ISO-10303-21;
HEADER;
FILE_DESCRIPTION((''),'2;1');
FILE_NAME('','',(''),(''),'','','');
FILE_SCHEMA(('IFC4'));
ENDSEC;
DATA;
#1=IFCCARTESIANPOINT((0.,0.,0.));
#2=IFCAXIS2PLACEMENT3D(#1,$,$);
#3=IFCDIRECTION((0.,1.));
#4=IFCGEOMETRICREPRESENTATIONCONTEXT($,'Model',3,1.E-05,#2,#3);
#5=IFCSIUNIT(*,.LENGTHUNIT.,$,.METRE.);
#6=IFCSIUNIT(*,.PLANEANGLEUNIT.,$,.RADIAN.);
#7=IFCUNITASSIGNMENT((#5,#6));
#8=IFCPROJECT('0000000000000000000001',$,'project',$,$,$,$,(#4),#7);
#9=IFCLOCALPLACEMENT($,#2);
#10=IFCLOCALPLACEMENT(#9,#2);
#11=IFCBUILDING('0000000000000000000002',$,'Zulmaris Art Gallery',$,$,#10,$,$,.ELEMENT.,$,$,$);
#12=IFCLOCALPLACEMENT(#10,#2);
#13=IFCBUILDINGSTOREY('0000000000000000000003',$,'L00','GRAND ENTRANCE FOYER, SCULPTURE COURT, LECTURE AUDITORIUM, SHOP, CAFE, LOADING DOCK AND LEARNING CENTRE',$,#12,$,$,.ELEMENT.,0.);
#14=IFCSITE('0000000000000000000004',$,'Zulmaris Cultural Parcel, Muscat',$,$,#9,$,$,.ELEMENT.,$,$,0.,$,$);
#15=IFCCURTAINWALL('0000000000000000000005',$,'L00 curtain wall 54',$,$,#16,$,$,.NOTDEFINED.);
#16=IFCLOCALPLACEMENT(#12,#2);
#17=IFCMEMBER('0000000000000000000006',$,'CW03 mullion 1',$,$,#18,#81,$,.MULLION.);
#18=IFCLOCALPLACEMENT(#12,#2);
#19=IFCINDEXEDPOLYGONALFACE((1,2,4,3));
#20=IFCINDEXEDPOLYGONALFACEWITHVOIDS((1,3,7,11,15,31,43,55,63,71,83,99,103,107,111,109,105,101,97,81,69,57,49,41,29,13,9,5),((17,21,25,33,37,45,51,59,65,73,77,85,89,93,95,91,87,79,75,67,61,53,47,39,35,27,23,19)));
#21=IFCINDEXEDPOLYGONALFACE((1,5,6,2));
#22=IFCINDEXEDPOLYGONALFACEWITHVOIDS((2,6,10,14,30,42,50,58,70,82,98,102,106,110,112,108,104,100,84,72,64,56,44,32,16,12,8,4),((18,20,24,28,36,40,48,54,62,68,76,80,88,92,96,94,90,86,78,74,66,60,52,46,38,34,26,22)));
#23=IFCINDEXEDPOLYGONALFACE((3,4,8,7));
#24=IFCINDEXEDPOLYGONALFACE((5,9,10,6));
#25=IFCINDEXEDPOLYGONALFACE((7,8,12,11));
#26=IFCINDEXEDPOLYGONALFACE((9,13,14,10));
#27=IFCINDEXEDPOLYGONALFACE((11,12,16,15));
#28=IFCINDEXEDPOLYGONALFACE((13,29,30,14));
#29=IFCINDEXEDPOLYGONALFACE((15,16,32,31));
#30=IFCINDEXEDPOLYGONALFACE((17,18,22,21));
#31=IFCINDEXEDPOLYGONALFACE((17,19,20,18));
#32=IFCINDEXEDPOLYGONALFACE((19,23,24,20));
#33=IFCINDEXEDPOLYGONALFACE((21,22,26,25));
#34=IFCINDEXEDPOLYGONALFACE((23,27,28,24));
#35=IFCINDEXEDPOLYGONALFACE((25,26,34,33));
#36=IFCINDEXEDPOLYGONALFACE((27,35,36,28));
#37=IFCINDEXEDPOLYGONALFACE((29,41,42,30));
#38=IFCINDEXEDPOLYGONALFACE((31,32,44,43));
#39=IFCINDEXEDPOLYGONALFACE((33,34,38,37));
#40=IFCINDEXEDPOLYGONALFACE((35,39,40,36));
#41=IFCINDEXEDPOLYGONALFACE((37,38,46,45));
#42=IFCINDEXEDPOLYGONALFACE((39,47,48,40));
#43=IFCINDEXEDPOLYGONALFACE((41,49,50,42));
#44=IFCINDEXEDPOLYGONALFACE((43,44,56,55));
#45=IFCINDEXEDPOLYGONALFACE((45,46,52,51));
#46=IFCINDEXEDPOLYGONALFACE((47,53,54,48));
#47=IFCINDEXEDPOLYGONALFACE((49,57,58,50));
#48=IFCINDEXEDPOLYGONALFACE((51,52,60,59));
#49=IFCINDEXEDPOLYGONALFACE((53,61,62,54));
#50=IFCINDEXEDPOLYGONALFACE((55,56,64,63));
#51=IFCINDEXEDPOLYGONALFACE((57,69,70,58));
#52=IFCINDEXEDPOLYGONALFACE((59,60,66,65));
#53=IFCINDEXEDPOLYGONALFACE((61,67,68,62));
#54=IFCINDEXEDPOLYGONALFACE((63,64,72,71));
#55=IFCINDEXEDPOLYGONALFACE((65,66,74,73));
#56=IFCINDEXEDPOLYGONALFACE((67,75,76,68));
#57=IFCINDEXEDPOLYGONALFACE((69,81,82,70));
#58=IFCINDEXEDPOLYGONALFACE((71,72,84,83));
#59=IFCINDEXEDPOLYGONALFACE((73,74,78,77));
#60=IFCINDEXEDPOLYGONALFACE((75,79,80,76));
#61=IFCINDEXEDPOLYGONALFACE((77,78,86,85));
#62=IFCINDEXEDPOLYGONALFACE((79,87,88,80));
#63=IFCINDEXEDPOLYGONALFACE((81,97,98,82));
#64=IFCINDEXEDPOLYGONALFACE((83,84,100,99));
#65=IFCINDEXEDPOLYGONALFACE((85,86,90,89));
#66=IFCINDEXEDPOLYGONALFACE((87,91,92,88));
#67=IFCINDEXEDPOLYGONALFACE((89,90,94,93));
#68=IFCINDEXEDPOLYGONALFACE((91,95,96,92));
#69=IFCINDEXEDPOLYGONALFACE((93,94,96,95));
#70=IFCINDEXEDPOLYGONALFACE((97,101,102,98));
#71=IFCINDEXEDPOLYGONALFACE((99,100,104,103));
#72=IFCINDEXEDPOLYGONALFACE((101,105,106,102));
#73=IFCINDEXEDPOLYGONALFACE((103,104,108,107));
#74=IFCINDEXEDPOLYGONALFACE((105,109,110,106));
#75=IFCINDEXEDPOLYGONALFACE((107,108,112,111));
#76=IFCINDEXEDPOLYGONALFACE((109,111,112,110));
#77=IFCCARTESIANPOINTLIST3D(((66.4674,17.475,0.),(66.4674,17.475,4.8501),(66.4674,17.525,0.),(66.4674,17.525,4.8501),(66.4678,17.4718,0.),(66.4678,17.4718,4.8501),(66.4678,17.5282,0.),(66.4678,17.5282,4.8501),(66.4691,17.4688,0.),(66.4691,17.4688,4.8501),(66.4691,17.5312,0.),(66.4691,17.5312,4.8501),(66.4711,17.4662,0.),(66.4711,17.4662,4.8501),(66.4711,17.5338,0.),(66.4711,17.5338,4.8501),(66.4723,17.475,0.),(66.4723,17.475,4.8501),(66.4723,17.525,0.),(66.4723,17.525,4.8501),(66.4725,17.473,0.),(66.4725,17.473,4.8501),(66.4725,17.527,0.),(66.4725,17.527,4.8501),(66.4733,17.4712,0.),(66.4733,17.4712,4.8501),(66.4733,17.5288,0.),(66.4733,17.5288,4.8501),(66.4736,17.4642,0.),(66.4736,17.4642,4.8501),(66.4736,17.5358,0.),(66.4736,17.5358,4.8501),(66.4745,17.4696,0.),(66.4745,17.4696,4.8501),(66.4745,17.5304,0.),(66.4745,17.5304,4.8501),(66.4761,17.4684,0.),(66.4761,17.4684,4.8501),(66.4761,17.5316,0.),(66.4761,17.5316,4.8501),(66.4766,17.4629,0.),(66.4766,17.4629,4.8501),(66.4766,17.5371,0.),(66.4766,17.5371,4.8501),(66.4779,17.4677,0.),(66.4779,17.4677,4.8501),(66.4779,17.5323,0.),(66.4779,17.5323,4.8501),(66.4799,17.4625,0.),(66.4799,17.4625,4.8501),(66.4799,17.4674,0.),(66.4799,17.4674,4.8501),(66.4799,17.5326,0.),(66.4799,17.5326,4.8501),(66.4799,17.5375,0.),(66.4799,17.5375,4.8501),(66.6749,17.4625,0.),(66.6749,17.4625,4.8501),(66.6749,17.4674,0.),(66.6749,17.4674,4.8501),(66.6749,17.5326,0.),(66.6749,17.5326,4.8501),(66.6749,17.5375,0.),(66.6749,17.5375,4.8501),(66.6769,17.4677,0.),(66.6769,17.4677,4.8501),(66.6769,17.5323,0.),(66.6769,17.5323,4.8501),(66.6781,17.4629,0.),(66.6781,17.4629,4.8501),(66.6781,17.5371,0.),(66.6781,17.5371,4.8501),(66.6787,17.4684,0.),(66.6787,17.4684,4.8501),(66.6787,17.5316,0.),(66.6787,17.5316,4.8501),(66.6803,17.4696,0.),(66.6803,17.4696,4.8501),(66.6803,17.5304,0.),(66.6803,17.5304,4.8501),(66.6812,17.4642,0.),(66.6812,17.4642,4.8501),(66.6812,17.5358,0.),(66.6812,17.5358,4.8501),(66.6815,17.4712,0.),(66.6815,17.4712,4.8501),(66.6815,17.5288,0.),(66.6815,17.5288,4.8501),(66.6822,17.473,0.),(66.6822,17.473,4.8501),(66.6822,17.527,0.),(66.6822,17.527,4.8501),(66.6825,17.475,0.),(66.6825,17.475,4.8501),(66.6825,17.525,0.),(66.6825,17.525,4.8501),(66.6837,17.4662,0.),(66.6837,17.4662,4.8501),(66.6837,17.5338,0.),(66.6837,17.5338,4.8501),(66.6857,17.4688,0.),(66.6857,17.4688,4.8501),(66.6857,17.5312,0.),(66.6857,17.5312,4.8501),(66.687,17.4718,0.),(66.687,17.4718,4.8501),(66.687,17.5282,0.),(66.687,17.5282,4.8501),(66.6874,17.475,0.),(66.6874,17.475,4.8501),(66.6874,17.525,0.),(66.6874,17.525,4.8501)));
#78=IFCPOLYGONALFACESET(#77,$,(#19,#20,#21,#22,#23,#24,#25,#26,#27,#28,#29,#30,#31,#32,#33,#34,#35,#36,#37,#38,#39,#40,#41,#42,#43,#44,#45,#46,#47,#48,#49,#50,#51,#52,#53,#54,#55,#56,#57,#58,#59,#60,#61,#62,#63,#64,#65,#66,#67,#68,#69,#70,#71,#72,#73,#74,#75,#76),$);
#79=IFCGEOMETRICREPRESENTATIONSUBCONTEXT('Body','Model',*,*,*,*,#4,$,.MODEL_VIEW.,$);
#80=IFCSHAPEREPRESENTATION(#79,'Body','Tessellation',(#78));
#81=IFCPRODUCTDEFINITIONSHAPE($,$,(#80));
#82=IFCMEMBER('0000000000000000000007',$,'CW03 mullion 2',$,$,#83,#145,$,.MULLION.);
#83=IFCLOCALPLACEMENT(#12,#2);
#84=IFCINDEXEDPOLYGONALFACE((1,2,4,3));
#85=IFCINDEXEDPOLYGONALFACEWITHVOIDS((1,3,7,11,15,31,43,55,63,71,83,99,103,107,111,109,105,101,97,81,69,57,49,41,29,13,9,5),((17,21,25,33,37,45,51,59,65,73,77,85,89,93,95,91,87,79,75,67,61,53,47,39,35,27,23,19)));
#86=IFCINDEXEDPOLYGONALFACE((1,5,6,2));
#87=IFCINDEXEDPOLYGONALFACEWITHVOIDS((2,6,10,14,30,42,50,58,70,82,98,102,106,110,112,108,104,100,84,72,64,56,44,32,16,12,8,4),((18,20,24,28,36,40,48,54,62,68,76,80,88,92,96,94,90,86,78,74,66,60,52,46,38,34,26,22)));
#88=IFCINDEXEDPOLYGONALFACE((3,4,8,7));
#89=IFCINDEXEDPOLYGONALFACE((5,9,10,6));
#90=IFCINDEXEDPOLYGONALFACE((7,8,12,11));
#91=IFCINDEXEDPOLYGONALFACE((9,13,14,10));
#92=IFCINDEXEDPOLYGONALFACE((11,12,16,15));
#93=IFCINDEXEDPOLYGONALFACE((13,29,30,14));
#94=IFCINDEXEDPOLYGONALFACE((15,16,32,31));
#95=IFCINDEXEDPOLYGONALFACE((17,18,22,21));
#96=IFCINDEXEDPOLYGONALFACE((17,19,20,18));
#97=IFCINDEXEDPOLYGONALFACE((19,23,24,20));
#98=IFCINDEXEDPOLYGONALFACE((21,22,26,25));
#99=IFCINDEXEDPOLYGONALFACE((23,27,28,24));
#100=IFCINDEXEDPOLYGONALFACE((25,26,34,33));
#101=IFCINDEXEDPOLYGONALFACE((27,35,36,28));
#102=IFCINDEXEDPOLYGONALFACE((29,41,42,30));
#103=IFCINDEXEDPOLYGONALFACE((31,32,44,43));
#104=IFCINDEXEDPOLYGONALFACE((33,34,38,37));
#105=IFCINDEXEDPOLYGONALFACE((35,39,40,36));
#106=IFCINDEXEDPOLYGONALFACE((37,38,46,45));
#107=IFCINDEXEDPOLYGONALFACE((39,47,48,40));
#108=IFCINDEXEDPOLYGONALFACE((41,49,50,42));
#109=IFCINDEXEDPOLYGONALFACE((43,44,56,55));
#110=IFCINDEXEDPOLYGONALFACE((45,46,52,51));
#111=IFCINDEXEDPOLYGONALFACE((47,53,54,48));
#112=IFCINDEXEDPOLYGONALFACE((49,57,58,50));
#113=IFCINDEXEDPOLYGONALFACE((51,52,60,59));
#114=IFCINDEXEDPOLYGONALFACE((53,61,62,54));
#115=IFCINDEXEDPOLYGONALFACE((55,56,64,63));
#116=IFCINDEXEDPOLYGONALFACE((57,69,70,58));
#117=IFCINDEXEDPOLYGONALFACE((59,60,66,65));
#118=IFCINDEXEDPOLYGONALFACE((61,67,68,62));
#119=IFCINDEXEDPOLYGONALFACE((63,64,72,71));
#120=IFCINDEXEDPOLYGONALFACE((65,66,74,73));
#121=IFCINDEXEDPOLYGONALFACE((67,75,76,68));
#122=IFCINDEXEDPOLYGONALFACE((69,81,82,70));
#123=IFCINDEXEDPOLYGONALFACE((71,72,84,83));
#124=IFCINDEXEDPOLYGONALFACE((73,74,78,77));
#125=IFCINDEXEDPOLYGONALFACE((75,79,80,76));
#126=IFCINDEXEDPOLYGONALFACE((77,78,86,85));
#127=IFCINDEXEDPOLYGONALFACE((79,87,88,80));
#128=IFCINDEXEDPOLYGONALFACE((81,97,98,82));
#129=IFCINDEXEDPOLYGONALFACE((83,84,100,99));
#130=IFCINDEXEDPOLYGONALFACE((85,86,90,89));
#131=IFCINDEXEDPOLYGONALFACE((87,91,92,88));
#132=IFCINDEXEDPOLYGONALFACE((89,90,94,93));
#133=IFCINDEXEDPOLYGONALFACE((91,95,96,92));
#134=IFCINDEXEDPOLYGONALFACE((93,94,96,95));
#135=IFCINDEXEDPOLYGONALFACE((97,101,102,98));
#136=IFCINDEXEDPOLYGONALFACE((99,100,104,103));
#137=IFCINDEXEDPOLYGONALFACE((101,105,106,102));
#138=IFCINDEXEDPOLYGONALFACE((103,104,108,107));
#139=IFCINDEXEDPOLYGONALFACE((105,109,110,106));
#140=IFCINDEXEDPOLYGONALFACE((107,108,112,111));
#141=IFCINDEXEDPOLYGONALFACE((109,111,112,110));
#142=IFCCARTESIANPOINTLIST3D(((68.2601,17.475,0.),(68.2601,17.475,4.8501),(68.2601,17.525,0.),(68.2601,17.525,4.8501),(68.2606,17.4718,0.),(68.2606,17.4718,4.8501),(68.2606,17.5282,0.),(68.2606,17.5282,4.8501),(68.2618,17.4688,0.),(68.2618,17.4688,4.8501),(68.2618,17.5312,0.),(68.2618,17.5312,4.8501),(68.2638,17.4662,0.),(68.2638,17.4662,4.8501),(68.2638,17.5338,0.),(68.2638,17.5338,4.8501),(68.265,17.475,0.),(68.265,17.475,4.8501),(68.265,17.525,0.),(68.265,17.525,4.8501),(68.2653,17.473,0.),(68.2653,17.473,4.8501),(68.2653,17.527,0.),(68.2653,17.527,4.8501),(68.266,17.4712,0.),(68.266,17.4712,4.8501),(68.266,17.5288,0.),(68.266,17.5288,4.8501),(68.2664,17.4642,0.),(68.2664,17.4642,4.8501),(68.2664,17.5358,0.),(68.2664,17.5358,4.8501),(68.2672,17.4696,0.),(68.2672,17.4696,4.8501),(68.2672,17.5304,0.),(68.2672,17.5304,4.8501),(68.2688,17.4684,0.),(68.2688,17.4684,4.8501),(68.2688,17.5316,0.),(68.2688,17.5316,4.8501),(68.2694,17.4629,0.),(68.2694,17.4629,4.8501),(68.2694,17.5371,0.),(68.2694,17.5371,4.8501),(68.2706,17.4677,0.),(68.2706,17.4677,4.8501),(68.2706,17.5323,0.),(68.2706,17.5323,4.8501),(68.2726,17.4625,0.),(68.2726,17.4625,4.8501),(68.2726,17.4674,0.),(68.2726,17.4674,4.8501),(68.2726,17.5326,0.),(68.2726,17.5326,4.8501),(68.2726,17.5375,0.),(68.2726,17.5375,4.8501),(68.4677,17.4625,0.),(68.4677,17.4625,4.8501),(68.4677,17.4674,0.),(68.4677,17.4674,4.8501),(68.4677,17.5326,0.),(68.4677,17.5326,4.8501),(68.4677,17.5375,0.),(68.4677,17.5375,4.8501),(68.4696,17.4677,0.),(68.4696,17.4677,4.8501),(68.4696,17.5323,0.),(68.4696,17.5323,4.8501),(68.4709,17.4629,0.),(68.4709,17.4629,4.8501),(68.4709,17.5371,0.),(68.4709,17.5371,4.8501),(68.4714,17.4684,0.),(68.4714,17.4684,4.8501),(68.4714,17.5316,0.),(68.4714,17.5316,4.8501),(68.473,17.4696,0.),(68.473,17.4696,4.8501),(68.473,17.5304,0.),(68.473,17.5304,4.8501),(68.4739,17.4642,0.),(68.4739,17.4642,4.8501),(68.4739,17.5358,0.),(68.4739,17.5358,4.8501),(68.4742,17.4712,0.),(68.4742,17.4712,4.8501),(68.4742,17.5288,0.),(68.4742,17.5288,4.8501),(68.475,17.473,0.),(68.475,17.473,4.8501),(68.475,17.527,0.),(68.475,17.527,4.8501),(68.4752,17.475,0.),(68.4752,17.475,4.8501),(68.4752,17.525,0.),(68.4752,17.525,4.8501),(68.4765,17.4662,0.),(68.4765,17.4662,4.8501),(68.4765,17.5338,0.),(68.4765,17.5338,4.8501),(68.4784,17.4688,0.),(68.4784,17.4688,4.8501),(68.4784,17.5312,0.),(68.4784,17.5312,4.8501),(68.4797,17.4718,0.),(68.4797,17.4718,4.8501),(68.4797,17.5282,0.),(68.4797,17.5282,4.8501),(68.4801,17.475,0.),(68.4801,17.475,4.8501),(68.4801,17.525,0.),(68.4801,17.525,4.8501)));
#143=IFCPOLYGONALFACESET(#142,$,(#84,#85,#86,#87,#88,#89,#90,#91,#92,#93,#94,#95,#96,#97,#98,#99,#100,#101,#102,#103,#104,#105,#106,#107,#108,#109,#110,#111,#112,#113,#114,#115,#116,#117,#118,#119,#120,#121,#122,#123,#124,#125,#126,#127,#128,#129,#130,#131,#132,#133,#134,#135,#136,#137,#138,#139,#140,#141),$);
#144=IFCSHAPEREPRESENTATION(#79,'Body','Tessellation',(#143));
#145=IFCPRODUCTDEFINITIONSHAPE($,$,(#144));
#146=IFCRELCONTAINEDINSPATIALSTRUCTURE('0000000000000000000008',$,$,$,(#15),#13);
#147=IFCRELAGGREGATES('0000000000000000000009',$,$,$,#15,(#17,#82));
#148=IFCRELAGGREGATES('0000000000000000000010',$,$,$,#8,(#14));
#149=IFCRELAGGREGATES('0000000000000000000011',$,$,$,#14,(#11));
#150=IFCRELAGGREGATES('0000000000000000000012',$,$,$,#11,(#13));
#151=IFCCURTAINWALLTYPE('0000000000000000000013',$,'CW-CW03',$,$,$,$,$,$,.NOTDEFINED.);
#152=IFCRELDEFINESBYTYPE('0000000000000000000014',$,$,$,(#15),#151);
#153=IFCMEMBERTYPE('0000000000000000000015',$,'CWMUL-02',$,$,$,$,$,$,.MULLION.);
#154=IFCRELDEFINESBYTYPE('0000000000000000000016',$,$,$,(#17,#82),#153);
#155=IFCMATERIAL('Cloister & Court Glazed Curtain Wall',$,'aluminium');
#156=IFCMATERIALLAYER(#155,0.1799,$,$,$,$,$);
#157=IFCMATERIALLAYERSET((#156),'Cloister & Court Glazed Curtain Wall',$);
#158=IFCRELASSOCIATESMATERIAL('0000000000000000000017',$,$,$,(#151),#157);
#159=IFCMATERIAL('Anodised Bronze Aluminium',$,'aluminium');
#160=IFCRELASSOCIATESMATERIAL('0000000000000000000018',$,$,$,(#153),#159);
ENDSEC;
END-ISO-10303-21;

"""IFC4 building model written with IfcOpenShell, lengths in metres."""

from ifc_helpers import new_model, si_unit, direction, frame, origin, origin_2d, place, context, subcontext, project, spatial, hollow_rectangle, extrude, material, layer, layer_set, material_profile, profile_set, type_object, element, aggregate, save


model = new_model("IFC4")

# Units and contexts
model_context = context("Model", 3, precision=1e-05, world=origin(), true_north=direction((0.0, 1.0)))
body_context = subcontext(model_context, "Body", "Model", "MODEL_VIEW")
ifc_project = project(units=[si_unit("LENGTHUNIT", "METRE"), si_unit("PLANEANGLEUNIT", "RADIAN")], contexts=[model_context])

# Site, building, storey
site_placement = place(None, origin())
site = spatial("IfcSite", under=ifc_project, at=site_placement, Name="Zulmaris Cultural Parcel, Muscat", CompositionType="ELEMENT", RefElevation=0.0)
building_placement = place(site_placement, origin())
building = spatial("IfcBuilding", under=site, at=building_placement, Name="Zulmaris Art Gallery", CompositionType="ELEMENT")
storey_placement = place(building_placement, origin())
storey = spatial("IfcBuildingStorey", under=building, at=storey_placement, Name="L00", Description="GRAND ENTRANCE FOYER, SCULPTURE COURT, LECTURE AUDITORIUM, SHOP, CAFE, LOADING DOCK AND LEARNING CENTRE", CompositionType="ELEMENT", Elevation=0.0)

# Curtain wall, members
ifc_material_1 = material(Name="Cloister & Court Glazed Curtain Wall", Category="aluminium")
ifc_layer_1 = layer(ifc_material_1, 0.1799)
ifc_layer_set_1 = layer_set([ifc_layer_1], Name="Cloister & Court Glazed Curtain Wall")
curtain_wall_type = type_object("IfcCurtainWallType", Name="CW-CW03", PredefinedType="NOTDEFINED", material=ifc_layer_set_1)
curtain_wall_placement = place(storey_placement, origin())
curtain_wall = element("IfcCurtainWall", 1, at=curtain_wall_placement, inside=storey, type_object=curtain_wall_type, Name="L00 curtain wall 54", PredefinedType="NOTDEFINED")
ifc_material_2 = material(Name="Anodised Bronze Aluminium", Category="aluminium")
ifc_material_profile_1 = material_profile(ifc_material_2, hollow_rectangle(XDim=0.075, YDim=0.22, WallThickness=0.0049, InnerFilletRadius=0.0076, OuterFilletRadius=0.0125, at=origin_2d()), Name="ALU 75x220x5")
ifc_profile_set_1 = profile_set([ifc_material_profile_1], Name="Anodised Bronze Aluminium")
member_type_1 = type_object("IfcMemberType", Name="CWMUL-02", PredefinedType="MULLION", material=ifc_profile_set_1)
member_1_placement = place(storey_placement, frame((66.5774, 17.5, 0.0), z_axis=(0.0, 0.0, 1.0), x_axis=(0.0, 1.0, 0.0)))
member_1 = element("IfcMember", 2, at=member_1_placement, type_object=member_type_1, Name="CW03 mullion 1", PredefinedType="MULLION", context=body_context, shape_type="SweptSolid", body=[
    extrude(hollow_rectangle(XDim=0.075, YDim=0.22, WallThickness=0.0049, InnerFilletRadius=0.0076, OuterFilletRadius=0.0125, at=origin_2d()), origin(), (0.0, 0.0, 1.0), 4.8501),
])
member_2_placement = place(storey_placement, frame((68.3701, 17.5, 0.0), z_axis=(0.0, 0.0, 1.0), x_axis=(0.0, 1.0, 0.0)))
member_2 = element("IfcMember", 3, at=member_2_placement, type_object=member_type_1, Name="CW03 mullion 2", PredefinedType="MULLION", context=body_context, shape_type="SweptSolid", body=[
    extrude(hollow_rectangle(XDim=0.075, YDim=0.22, WallThickness=0.0049, InnerFilletRadius=0.0076, OuterFilletRadius=0.0125, at=origin_2d()), origin(), (0.0, 0.0, 1.0), 4.8501),
])
aggregate(curtain_wall, [member_1, member_2])

save(model, "model.ifc")
